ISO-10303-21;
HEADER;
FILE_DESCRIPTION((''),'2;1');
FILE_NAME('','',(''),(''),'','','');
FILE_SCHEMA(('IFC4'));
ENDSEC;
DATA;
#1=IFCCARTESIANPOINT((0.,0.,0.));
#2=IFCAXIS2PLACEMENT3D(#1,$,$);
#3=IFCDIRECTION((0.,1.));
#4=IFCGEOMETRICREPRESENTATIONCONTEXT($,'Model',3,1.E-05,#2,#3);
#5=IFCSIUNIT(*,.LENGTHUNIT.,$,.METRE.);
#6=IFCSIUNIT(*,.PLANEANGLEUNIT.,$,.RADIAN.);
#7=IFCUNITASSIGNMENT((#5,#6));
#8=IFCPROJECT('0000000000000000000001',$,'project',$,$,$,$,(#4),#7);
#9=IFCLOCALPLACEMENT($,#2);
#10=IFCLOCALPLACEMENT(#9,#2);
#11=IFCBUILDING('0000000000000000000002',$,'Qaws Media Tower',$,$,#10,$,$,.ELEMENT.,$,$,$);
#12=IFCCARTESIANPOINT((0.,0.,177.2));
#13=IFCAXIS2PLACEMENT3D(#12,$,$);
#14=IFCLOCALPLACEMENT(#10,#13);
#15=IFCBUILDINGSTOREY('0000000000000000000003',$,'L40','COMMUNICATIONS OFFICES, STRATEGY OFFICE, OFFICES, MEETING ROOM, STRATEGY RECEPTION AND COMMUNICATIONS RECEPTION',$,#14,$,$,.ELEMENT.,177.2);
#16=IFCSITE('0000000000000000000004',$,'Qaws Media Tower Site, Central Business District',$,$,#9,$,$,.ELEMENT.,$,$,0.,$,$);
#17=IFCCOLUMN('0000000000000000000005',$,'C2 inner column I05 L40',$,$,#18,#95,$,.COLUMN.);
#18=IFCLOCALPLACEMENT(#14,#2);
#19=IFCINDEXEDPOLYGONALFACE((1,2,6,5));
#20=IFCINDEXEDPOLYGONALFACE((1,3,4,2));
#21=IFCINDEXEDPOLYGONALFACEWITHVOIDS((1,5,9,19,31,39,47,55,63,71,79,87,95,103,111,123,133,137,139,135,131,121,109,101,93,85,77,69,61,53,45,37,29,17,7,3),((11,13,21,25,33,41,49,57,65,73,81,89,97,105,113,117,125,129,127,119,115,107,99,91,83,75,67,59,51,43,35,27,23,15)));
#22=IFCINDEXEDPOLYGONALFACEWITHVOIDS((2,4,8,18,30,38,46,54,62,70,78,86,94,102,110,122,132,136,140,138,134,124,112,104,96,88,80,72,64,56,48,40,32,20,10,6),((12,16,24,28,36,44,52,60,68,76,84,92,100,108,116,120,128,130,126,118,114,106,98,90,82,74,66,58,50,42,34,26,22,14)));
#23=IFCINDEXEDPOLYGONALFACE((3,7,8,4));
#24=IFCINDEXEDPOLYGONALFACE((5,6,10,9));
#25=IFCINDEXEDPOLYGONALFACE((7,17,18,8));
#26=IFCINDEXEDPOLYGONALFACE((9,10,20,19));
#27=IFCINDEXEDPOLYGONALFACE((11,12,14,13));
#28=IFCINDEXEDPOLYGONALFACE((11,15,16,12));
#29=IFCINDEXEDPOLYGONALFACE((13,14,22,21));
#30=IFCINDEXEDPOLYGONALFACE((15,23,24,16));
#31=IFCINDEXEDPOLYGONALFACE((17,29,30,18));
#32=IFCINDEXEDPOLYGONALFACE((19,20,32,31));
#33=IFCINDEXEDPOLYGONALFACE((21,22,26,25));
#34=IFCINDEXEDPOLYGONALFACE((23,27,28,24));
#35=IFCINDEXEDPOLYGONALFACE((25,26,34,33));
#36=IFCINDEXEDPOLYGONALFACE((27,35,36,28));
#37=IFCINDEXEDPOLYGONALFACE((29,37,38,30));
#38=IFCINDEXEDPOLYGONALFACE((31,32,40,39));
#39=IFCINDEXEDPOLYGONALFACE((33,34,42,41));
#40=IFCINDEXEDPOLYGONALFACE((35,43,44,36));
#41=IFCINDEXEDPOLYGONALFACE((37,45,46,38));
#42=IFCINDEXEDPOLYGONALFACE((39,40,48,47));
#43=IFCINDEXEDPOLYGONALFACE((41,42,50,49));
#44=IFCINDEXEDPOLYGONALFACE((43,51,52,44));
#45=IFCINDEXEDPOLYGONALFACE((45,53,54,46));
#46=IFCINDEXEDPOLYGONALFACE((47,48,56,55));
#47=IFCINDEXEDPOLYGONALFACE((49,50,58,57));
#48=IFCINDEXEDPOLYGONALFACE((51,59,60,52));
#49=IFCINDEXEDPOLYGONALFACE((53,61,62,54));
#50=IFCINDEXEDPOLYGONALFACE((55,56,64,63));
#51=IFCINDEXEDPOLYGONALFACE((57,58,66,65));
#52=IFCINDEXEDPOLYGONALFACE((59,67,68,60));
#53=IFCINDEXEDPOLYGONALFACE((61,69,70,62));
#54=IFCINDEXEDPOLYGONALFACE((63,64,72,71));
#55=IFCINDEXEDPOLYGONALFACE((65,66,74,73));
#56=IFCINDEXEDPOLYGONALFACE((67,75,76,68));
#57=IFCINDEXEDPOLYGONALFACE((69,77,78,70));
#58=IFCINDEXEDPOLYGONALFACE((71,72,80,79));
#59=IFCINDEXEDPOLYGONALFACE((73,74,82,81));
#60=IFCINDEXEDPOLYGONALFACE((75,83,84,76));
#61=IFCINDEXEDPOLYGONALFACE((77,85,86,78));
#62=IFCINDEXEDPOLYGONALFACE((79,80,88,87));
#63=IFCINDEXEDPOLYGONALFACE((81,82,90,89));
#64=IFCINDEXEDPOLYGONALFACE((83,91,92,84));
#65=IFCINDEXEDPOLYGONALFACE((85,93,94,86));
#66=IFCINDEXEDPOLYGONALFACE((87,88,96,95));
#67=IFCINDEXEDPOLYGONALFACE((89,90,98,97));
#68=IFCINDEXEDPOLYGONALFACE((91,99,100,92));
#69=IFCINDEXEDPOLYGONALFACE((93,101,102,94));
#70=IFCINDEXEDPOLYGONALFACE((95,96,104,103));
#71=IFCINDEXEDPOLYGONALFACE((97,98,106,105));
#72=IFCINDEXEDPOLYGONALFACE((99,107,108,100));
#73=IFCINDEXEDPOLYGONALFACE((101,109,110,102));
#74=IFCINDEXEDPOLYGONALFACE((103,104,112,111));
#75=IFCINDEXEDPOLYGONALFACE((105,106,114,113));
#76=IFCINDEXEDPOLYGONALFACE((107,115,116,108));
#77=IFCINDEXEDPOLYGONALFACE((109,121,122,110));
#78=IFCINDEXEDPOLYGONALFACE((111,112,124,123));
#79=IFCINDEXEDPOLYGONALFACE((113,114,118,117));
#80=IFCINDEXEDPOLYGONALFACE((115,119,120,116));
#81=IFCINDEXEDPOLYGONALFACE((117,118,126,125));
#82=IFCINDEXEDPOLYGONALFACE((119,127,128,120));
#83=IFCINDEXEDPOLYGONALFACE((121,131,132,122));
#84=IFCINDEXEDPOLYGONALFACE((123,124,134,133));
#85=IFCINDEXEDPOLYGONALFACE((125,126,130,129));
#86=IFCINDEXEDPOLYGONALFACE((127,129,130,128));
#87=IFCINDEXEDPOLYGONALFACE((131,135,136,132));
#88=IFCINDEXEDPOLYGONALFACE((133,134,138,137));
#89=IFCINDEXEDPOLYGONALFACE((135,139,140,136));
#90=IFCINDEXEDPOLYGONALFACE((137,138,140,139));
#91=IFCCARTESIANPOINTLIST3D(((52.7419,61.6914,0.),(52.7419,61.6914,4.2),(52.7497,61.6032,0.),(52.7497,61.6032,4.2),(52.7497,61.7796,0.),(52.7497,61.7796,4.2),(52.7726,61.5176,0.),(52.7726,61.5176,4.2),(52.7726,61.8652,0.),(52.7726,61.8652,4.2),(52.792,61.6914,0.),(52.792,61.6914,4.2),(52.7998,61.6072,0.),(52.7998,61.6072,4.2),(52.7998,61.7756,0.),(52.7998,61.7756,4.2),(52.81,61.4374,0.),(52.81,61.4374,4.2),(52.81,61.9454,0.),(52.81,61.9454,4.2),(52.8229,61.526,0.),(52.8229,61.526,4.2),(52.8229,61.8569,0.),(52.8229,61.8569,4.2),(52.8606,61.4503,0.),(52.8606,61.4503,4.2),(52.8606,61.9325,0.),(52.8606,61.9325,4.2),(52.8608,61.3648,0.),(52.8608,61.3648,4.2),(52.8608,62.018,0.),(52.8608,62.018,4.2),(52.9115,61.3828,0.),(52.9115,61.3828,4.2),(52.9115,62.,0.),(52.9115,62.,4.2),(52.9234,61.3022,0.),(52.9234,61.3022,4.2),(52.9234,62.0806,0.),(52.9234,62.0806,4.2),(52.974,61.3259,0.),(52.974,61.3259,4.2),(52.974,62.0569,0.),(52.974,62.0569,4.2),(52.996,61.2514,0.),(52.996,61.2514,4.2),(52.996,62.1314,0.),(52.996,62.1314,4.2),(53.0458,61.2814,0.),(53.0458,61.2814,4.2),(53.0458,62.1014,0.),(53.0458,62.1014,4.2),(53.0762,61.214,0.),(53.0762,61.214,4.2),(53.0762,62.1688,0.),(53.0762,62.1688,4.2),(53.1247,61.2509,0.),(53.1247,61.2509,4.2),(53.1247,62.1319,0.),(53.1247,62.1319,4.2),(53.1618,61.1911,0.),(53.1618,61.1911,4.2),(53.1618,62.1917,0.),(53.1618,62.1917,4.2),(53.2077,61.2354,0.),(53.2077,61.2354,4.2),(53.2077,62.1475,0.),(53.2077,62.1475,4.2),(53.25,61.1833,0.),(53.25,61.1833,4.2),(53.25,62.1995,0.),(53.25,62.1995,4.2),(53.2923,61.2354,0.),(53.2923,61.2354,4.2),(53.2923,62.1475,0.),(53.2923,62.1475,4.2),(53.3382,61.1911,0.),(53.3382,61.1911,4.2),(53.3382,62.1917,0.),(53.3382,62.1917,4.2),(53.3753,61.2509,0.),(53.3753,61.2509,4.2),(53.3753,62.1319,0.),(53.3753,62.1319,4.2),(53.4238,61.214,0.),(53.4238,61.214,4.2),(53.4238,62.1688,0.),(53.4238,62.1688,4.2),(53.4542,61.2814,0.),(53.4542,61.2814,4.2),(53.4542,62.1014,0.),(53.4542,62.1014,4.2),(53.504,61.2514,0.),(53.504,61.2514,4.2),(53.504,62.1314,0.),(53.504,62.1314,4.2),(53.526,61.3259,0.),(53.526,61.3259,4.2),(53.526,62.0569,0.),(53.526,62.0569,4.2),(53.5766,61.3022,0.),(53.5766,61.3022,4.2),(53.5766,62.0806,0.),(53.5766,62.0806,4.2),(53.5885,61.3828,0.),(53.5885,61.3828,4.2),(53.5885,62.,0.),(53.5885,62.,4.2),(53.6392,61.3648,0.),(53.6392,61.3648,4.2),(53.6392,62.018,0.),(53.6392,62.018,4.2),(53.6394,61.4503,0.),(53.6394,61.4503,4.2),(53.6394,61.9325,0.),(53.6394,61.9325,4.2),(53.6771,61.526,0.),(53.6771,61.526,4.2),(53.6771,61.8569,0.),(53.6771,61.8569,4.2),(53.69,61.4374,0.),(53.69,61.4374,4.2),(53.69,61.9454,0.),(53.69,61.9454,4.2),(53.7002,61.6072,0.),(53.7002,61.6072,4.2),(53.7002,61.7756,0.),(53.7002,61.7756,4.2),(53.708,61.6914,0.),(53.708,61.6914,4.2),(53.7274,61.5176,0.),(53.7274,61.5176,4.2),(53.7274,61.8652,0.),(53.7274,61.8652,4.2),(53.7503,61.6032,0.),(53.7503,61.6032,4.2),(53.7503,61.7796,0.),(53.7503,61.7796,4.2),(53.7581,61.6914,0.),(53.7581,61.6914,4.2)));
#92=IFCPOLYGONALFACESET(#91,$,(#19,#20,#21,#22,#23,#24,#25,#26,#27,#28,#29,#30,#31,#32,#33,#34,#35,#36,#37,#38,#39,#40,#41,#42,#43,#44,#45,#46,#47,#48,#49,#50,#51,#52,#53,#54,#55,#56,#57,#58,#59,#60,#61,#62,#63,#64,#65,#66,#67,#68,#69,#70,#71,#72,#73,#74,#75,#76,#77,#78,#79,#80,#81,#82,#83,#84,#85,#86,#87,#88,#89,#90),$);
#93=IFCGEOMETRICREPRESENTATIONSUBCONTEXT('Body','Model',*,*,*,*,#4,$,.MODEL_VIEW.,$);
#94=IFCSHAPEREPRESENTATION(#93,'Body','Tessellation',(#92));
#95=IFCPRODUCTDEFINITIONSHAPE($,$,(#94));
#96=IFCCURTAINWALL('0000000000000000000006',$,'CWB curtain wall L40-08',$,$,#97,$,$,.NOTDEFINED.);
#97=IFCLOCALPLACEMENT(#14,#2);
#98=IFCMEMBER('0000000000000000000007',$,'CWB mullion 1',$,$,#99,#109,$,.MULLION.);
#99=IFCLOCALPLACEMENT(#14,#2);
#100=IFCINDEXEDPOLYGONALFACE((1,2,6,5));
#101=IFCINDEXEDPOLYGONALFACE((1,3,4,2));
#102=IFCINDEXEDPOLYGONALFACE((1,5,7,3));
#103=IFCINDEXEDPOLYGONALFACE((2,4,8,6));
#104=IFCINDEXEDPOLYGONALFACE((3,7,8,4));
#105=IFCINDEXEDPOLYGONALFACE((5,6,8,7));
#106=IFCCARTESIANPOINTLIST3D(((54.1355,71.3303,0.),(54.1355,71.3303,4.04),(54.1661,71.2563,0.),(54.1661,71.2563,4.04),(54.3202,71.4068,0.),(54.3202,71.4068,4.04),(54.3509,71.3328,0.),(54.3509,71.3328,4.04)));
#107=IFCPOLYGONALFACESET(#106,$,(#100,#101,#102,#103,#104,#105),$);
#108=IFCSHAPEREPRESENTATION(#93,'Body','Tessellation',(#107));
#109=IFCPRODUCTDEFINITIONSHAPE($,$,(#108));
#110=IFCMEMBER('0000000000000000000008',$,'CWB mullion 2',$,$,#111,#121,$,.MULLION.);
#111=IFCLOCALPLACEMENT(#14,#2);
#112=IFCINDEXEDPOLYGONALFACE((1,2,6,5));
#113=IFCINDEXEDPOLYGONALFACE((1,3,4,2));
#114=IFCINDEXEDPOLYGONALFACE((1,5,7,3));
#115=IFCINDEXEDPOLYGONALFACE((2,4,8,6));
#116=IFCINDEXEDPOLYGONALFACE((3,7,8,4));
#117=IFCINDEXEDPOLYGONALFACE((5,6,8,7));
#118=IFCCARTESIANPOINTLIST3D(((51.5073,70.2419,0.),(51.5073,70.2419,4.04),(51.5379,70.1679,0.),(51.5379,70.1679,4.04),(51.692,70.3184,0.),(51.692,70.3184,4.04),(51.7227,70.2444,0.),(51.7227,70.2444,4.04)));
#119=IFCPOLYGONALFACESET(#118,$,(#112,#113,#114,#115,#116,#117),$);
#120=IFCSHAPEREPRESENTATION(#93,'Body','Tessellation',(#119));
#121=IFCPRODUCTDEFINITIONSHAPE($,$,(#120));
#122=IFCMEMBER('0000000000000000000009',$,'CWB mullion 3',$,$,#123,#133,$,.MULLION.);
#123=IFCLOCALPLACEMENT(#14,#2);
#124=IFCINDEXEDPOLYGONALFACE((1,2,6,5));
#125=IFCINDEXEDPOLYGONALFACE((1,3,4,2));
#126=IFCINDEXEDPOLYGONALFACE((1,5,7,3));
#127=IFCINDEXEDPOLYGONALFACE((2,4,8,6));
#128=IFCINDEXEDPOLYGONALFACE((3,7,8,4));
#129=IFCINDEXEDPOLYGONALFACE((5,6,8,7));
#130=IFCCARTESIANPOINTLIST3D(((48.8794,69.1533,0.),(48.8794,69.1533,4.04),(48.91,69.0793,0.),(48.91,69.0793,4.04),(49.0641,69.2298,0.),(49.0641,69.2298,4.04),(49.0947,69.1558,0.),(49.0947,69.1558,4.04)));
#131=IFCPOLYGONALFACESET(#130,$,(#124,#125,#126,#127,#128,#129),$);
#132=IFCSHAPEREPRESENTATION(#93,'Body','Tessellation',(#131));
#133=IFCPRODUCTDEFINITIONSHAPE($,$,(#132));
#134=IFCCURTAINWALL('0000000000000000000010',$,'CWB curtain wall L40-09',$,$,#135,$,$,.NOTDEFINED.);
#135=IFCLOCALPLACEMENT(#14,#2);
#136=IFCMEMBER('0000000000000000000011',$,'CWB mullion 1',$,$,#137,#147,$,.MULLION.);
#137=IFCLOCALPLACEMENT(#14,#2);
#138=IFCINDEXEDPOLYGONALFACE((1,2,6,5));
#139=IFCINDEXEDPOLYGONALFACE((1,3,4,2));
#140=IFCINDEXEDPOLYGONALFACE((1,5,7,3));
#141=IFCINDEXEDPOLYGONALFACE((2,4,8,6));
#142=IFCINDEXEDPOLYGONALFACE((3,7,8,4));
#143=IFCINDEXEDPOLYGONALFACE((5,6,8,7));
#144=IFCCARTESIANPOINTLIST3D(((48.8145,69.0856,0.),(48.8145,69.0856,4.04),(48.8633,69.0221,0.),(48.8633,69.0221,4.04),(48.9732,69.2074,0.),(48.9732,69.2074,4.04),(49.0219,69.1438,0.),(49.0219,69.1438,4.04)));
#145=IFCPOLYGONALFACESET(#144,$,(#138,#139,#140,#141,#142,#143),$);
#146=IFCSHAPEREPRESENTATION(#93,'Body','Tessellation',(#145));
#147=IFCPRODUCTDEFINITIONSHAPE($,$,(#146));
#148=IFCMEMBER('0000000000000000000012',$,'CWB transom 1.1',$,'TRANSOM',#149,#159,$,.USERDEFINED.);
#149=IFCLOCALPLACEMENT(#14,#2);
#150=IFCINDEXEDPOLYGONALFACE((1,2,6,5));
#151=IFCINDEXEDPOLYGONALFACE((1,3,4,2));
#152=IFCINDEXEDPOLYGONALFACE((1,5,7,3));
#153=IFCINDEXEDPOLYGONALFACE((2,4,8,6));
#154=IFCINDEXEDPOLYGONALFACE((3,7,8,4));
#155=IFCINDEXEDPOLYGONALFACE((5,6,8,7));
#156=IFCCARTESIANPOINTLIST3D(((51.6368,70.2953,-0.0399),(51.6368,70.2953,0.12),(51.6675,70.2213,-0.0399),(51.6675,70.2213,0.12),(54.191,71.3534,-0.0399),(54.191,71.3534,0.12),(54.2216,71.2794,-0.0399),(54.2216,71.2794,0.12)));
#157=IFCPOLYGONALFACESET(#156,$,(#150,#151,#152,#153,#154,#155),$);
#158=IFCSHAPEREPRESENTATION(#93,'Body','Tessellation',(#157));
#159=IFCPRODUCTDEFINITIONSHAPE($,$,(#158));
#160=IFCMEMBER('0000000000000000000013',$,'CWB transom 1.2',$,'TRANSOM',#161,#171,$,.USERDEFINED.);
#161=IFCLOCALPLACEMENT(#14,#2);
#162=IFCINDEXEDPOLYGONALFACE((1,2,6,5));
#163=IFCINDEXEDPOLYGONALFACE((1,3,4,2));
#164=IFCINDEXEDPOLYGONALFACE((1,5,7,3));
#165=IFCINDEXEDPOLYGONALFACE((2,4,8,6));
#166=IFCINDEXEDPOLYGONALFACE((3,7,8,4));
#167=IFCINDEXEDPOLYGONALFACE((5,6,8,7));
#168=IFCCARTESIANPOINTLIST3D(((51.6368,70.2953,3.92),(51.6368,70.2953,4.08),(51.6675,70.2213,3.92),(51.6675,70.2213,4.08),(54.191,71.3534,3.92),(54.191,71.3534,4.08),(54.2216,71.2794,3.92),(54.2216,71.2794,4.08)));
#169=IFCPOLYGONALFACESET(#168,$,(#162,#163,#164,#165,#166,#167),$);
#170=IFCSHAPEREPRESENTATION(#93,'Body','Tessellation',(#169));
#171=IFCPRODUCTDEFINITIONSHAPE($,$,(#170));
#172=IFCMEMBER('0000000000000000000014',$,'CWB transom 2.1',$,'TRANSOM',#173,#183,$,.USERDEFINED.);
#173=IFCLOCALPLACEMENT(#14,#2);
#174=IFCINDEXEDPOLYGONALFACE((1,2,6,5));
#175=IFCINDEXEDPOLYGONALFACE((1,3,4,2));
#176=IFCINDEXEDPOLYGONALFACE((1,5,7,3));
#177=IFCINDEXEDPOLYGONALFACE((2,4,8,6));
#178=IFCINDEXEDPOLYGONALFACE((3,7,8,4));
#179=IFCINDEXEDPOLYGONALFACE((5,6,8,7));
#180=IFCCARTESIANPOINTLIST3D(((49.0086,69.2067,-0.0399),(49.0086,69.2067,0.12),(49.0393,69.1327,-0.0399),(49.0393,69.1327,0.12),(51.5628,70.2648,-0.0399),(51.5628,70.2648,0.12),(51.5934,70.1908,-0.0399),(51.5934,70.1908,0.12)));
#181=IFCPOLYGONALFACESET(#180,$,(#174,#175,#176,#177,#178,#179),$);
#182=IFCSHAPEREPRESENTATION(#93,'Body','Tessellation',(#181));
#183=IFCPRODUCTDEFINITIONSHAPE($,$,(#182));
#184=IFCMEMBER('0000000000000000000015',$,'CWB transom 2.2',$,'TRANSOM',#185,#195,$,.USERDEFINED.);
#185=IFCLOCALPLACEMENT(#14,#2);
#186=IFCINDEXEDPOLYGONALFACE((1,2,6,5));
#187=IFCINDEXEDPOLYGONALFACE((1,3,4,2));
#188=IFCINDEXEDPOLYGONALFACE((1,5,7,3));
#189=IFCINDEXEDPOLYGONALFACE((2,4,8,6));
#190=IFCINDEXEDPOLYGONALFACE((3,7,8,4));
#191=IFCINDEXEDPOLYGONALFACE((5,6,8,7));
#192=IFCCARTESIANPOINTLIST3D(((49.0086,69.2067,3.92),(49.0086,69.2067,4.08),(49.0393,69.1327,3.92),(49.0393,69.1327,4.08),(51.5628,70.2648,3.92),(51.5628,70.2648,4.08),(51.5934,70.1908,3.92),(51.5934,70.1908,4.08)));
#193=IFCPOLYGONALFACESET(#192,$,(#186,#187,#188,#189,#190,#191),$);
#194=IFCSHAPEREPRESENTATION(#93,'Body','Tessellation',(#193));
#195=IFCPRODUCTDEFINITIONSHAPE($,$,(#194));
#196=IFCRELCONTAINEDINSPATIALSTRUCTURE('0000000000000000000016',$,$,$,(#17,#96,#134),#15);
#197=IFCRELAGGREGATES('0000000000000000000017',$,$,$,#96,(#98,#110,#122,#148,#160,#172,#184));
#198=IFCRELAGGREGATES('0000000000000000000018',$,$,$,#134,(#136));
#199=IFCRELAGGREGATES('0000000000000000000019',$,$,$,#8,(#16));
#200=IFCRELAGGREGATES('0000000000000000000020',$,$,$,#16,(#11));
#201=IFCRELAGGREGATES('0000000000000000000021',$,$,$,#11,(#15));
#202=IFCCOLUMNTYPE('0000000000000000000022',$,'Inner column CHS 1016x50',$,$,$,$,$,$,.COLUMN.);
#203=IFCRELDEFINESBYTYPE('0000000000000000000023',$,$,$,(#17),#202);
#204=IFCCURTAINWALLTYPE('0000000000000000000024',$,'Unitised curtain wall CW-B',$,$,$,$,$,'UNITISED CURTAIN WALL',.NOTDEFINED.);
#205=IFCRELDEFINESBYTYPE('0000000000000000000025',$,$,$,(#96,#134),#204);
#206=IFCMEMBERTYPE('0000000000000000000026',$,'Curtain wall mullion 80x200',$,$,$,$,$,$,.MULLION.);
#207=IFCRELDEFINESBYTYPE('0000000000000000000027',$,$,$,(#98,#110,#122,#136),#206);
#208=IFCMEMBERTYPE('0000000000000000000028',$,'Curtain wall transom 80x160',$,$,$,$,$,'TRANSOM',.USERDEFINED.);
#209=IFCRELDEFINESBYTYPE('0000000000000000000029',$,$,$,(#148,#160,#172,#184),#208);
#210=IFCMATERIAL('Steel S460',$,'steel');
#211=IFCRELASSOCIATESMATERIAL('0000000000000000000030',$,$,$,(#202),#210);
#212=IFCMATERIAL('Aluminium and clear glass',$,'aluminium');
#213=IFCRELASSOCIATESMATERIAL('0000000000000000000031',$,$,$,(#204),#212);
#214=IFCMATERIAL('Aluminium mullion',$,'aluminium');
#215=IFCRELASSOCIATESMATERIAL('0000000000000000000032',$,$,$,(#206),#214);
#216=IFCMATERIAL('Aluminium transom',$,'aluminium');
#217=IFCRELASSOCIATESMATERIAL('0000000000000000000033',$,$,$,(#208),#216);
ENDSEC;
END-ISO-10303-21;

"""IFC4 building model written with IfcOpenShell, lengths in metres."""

from ifc_helpers import new_model, si_unit, direction, frame, origin, origin_2d, place, context, subcontext, project, spatial, rectangle, hollow_circle, extrude, material, material_profile, profile_set, type_object, element, aggregate, save


model = new_model("IFC4")

# Units and contexts
model_context = context("Model", 3, precision=1e-05, world=origin(), true_north=direction((0.0, 1.0)))
body_context = subcontext(model_context, "Body", "Model", "MODEL_VIEW")
ifc_project = project(units=[si_unit("LENGTHUNIT", "METRE"), si_unit("PLANEANGLEUNIT", "RADIAN")], contexts=[model_context])

# Site, building, storey
site_placement = place(None, origin())
site = spatial("IfcSite", under=ifc_project, at=site_placement, Name="Qaws Media Tower Site, Central Business District", CompositionType="ELEMENT", RefElevation=0.0)
building_placement = place(site_placement, origin())
building = spatial("IfcBuilding", under=site, at=building_placement, Name="Qaws Media Tower", CompositionType="ELEMENT")
storey_placement = place(building_placement, frame((0.0, 0.0, 177.2)))
storey = spatial("IfcBuildingStorey", under=building, at=storey_placement, Name="L40", Description="COMMUNICATIONS OFFICES, STRATEGY OFFICE, OFFICES, MEETING ROOM, STRATEGY RECEPTION AND COMMUNICATIONS RECEPTION", CompositionType="ELEMENT", Elevation=177.2)

# Column
ifc_material_1 = material(Name="Steel S460", Category="steel")
ifc_material_profile_1 = material_profile(ifc_material_1, hollow_circle(Radius=0.5081, WallThickness=0.05, at=origin_2d()), Name="CHS 1016x50")
ifc_profile_set_1 = profile_set([ifc_material_profile_1], Name="Steel S460")
column_type = type_object("IfcColumnType", Name="Inner column CHS 1016x50", PredefinedType="COLUMN", material=ifc_profile_set_1)
column_placement = place(storey_placement, frame((53.25, 61.6914, 0.0), z_axis=(0.0, 0.0, 1.0), x_axis=(1.0, 0.0, 0.0)))
element("IfcColumn", 1, at=column_placement, inside=storey, type_object=column_type, Name="C2 inner column I05 L40", PredefinedType="COLUMN", context=body_context, shape_type="SweptSolid", body=[
    extrude(hollow_circle(Radius=0.5081, WallThickness=0.05, at=origin_2d()), origin(), (0.0, 0.0, 1.0), 4.2),
])

# Curtain wall, members
ifc_material_2 = material(Name="Aluminium and clear glass", Category="aluminium")
curtain_wall_type = type_object("IfcCurtainWallType", Name="Unitised curtain wall CW-B", ElementType="UNITISED CURTAIN WALL", PredefinedType="NOTDEFINED", material=ifc_material_2)
curtain_wall_1_placement = place(storey_placement, origin())
curtain_wall_1 = element("IfcCurtainWall", 2, at=curtain_wall_1_placement, inside=storey, type_object=curtain_wall_type, Name="CWB curtain wall L40-08", PredefinedType="NOTDEFINED")
ifc_material_3 = material(Name="Aluminium mullion", Category="aluminium")
ifc_material_profile_2 = material_profile(ifc_material_3, rectangle(XDim=0.0801, YDim=0.2, at=origin_2d()), Name="80x200")
ifc_profile_set_2 = profile_set([ifc_material_profile_2], Name="Aluminium mullion")
member_type_1 = type_object("IfcMemberType", Name="Curtain wall mullion 80x200", PredefinedType="MULLION", material=ifc_profile_set_2)
member_1_placement = place(storey_placement, frame((54.2432, 71.3315, 0.0), z_axis=(0.0, 0.0, 1.0), x_axis=(0.382684, -0.923879, 0.0)))
member_1 = element("IfcMember", 3, at=member_1_placement, type_object=member_type_1, Name="CWB mullion 1", PredefinedType="MULLION", context=body_context, shape_type="SweptSolid", body=[
    extrude(rectangle(XDim=0.0801, YDim=0.2, at=origin_2d()), origin(), (0.0, 0.0, 1.0), 4.04),
])
member_2_placement = place(storey_placement, frame((51.615, 70.2432, 0.0), z_axis=(0.0, 0.0, 1.0), x_axis=(0.382684, -0.923879, 0.0)))
member_2 = element("IfcMember", 4, at=member_2_placement, type_object=member_type_1, Name="CWB mullion 2", PredefinedType="MULLION", context=body_context, shape_type="SweptSolid", body=[
    extrude(rectangle(XDim=0.0801, YDim=0.2, at=origin_2d()), origin(), (0.0, 0.0, 1.0), 4.04),
])
member_3_placement = place(storey_placement, frame((48.9871, 69.1545, 0.0), z_axis=(0.0, 0.0, 1.0), x_axis=(0.382684, -0.923879, 0.0)))
member_3 = element("IfcMember", 5, at=member_3_placement, type_object=member_type_1, Name="CWB mullion 3", PredefinedType="MULLION", context=body_context, shape_type="SweptSolid", body=[
    extrude(rectangle(XDim=0.0801, YDim=0.2, at=origin_2d()), origin(), (0.0, 0.0, 1.0), 4.04),
])

# Curtain wall, member
curtain_wall_2_placement = place(storey_placement, origin())
curtain_wall_2 = element("IfcCurtainWall", 6, at=curtain_wall_2_placement, inside=storey, type_object=curtain_wall_type, Name="CWB curtain wall L40-09", PredefinedType="NOTDEFINED")
member_4_placement = place(storey_placement, frame((48.9182, 69.1147, 0.0), z_axis=(0.0, 0.0, 1.0), x_axis=(0.608761, -0.793353, 0.0)))
member_4 = element("IfcMember", 7, at=member_4_placement, type_object=member_type_1, Name="CWB mullion 1", PredefinedType="MULLION", context=body_context, shape_type="SweptSolid", body=[
    extrude(rectangle(XDim=0.0801, YDim=0.2, at=origin_2d()), origin(), (0.0, 0.0, 1.0), 4.04),
])

# Members
ifc_material_4 = material(Name="Aluminium transom", Category="aluminium")
ifc_material_profile_3 = material_profile(ifc_material_4, rectangle(XDim=0.0801, YDim=0.1599, at=origin_2d()), Name="80x160")
ifc_profile_set_3 = profile_set([ifc_material_profile_3], Name="Aluminium transom")
member_type_2 = type_object("IfcMemberType", Name="Curtain wall transom 80x160", ElementType="TRANSOM", PredefinedType="USERDEFINED", material=ifc_profile_set_3)
member_5_placement = place(storey_placement, frame((54.2063, 71.3164, 0.04), z_axis=(-0.923864, -0.382721, 0.0), x_axis=(0.382721, -0.923864, 0.0)))
member_5 = element("IfcMember", 8, at=member_5_placement, type_object=member_type_2, Name="CWB transom 1.1", ObjectType="TRANSOM", PredefinedType="USERDEFINED", context=body_context, shape_type="SweptSolid", body=[
    extrude(rectangle(XDim=0.0801, YDim=0.1599, at=origin_2d()), origin(), (0.0, 0.0, 1.0), 2.7646),
])
member_6_placement = place(storey_placement, frame((54.2063, 71.3164, 4.0), z_axis=(-0.923864, -0.382721, 0.0), x_axis=(0.382721, -0.923864, 0.0)))
member_6 = element("IfcMember", 9, at=member_6_placement, type_object=member_type_2, Name="CWB transom 1.2", ObjectType="TRANSOM", PredefinedType="USERDEFINED", context=body_context, shape_type="SweptSolid", body=[
    extrude(rectangle(XDim=0.0801, YDim=0.1599, at=origin_2d()), origin(), (0.0, 0.0, 1.0), 2.7646),
])
member_7_placement = place(storey_placement, frame((51.5781, 70.2278, 0.04), z_axis=(-0.923864, -0.382721, 0.0), x_axis=(0.382721, -0.923864, 0.0)))
member_7 = element("IfcMember", 10, at=member_7_placement, type_object=member_type_2, Name="CWB transom 2.1", ObjectType="TRANSOM", PredefinedType="USERDEFINED", context=body_context, shape_type="SweptSolid", body=[
    extrude(rectangle(XDim=0.0801, YDim=0.1599, at=origin_2d()), origin(), (0.0, 0.0, 1.0), 2.7646),
])
member_8_placement = place(storey_placement, frame((51.5781, 70.2278, 4.0), z_axis=(-0.923864, -0.382721, 0.0), x_axis=(0.382721, -0.923864, 0.0)))
member_8 = element("IfcMember", 11, at=member_8_placement, type_object=member_type_2, Name="CWB transom 2.2", ObjectType="TRANSOM", PredefinedType="USERDEFINED", context=body_context, shape_type="SweptSolid", body=[
    extrude(rectangle(XDim=0.0801, YDim=0.1599, at=origin_2d()), origin(), (0.0, 0.0, 1.0), 2.7646),
])

aggregate(curtain_wall_1, [member_1, member_2, member_3, member_5, member_6, member_7, member_8])
aggregate(curtain_wall_2, [member_4])

save(model, "model.ifc")
